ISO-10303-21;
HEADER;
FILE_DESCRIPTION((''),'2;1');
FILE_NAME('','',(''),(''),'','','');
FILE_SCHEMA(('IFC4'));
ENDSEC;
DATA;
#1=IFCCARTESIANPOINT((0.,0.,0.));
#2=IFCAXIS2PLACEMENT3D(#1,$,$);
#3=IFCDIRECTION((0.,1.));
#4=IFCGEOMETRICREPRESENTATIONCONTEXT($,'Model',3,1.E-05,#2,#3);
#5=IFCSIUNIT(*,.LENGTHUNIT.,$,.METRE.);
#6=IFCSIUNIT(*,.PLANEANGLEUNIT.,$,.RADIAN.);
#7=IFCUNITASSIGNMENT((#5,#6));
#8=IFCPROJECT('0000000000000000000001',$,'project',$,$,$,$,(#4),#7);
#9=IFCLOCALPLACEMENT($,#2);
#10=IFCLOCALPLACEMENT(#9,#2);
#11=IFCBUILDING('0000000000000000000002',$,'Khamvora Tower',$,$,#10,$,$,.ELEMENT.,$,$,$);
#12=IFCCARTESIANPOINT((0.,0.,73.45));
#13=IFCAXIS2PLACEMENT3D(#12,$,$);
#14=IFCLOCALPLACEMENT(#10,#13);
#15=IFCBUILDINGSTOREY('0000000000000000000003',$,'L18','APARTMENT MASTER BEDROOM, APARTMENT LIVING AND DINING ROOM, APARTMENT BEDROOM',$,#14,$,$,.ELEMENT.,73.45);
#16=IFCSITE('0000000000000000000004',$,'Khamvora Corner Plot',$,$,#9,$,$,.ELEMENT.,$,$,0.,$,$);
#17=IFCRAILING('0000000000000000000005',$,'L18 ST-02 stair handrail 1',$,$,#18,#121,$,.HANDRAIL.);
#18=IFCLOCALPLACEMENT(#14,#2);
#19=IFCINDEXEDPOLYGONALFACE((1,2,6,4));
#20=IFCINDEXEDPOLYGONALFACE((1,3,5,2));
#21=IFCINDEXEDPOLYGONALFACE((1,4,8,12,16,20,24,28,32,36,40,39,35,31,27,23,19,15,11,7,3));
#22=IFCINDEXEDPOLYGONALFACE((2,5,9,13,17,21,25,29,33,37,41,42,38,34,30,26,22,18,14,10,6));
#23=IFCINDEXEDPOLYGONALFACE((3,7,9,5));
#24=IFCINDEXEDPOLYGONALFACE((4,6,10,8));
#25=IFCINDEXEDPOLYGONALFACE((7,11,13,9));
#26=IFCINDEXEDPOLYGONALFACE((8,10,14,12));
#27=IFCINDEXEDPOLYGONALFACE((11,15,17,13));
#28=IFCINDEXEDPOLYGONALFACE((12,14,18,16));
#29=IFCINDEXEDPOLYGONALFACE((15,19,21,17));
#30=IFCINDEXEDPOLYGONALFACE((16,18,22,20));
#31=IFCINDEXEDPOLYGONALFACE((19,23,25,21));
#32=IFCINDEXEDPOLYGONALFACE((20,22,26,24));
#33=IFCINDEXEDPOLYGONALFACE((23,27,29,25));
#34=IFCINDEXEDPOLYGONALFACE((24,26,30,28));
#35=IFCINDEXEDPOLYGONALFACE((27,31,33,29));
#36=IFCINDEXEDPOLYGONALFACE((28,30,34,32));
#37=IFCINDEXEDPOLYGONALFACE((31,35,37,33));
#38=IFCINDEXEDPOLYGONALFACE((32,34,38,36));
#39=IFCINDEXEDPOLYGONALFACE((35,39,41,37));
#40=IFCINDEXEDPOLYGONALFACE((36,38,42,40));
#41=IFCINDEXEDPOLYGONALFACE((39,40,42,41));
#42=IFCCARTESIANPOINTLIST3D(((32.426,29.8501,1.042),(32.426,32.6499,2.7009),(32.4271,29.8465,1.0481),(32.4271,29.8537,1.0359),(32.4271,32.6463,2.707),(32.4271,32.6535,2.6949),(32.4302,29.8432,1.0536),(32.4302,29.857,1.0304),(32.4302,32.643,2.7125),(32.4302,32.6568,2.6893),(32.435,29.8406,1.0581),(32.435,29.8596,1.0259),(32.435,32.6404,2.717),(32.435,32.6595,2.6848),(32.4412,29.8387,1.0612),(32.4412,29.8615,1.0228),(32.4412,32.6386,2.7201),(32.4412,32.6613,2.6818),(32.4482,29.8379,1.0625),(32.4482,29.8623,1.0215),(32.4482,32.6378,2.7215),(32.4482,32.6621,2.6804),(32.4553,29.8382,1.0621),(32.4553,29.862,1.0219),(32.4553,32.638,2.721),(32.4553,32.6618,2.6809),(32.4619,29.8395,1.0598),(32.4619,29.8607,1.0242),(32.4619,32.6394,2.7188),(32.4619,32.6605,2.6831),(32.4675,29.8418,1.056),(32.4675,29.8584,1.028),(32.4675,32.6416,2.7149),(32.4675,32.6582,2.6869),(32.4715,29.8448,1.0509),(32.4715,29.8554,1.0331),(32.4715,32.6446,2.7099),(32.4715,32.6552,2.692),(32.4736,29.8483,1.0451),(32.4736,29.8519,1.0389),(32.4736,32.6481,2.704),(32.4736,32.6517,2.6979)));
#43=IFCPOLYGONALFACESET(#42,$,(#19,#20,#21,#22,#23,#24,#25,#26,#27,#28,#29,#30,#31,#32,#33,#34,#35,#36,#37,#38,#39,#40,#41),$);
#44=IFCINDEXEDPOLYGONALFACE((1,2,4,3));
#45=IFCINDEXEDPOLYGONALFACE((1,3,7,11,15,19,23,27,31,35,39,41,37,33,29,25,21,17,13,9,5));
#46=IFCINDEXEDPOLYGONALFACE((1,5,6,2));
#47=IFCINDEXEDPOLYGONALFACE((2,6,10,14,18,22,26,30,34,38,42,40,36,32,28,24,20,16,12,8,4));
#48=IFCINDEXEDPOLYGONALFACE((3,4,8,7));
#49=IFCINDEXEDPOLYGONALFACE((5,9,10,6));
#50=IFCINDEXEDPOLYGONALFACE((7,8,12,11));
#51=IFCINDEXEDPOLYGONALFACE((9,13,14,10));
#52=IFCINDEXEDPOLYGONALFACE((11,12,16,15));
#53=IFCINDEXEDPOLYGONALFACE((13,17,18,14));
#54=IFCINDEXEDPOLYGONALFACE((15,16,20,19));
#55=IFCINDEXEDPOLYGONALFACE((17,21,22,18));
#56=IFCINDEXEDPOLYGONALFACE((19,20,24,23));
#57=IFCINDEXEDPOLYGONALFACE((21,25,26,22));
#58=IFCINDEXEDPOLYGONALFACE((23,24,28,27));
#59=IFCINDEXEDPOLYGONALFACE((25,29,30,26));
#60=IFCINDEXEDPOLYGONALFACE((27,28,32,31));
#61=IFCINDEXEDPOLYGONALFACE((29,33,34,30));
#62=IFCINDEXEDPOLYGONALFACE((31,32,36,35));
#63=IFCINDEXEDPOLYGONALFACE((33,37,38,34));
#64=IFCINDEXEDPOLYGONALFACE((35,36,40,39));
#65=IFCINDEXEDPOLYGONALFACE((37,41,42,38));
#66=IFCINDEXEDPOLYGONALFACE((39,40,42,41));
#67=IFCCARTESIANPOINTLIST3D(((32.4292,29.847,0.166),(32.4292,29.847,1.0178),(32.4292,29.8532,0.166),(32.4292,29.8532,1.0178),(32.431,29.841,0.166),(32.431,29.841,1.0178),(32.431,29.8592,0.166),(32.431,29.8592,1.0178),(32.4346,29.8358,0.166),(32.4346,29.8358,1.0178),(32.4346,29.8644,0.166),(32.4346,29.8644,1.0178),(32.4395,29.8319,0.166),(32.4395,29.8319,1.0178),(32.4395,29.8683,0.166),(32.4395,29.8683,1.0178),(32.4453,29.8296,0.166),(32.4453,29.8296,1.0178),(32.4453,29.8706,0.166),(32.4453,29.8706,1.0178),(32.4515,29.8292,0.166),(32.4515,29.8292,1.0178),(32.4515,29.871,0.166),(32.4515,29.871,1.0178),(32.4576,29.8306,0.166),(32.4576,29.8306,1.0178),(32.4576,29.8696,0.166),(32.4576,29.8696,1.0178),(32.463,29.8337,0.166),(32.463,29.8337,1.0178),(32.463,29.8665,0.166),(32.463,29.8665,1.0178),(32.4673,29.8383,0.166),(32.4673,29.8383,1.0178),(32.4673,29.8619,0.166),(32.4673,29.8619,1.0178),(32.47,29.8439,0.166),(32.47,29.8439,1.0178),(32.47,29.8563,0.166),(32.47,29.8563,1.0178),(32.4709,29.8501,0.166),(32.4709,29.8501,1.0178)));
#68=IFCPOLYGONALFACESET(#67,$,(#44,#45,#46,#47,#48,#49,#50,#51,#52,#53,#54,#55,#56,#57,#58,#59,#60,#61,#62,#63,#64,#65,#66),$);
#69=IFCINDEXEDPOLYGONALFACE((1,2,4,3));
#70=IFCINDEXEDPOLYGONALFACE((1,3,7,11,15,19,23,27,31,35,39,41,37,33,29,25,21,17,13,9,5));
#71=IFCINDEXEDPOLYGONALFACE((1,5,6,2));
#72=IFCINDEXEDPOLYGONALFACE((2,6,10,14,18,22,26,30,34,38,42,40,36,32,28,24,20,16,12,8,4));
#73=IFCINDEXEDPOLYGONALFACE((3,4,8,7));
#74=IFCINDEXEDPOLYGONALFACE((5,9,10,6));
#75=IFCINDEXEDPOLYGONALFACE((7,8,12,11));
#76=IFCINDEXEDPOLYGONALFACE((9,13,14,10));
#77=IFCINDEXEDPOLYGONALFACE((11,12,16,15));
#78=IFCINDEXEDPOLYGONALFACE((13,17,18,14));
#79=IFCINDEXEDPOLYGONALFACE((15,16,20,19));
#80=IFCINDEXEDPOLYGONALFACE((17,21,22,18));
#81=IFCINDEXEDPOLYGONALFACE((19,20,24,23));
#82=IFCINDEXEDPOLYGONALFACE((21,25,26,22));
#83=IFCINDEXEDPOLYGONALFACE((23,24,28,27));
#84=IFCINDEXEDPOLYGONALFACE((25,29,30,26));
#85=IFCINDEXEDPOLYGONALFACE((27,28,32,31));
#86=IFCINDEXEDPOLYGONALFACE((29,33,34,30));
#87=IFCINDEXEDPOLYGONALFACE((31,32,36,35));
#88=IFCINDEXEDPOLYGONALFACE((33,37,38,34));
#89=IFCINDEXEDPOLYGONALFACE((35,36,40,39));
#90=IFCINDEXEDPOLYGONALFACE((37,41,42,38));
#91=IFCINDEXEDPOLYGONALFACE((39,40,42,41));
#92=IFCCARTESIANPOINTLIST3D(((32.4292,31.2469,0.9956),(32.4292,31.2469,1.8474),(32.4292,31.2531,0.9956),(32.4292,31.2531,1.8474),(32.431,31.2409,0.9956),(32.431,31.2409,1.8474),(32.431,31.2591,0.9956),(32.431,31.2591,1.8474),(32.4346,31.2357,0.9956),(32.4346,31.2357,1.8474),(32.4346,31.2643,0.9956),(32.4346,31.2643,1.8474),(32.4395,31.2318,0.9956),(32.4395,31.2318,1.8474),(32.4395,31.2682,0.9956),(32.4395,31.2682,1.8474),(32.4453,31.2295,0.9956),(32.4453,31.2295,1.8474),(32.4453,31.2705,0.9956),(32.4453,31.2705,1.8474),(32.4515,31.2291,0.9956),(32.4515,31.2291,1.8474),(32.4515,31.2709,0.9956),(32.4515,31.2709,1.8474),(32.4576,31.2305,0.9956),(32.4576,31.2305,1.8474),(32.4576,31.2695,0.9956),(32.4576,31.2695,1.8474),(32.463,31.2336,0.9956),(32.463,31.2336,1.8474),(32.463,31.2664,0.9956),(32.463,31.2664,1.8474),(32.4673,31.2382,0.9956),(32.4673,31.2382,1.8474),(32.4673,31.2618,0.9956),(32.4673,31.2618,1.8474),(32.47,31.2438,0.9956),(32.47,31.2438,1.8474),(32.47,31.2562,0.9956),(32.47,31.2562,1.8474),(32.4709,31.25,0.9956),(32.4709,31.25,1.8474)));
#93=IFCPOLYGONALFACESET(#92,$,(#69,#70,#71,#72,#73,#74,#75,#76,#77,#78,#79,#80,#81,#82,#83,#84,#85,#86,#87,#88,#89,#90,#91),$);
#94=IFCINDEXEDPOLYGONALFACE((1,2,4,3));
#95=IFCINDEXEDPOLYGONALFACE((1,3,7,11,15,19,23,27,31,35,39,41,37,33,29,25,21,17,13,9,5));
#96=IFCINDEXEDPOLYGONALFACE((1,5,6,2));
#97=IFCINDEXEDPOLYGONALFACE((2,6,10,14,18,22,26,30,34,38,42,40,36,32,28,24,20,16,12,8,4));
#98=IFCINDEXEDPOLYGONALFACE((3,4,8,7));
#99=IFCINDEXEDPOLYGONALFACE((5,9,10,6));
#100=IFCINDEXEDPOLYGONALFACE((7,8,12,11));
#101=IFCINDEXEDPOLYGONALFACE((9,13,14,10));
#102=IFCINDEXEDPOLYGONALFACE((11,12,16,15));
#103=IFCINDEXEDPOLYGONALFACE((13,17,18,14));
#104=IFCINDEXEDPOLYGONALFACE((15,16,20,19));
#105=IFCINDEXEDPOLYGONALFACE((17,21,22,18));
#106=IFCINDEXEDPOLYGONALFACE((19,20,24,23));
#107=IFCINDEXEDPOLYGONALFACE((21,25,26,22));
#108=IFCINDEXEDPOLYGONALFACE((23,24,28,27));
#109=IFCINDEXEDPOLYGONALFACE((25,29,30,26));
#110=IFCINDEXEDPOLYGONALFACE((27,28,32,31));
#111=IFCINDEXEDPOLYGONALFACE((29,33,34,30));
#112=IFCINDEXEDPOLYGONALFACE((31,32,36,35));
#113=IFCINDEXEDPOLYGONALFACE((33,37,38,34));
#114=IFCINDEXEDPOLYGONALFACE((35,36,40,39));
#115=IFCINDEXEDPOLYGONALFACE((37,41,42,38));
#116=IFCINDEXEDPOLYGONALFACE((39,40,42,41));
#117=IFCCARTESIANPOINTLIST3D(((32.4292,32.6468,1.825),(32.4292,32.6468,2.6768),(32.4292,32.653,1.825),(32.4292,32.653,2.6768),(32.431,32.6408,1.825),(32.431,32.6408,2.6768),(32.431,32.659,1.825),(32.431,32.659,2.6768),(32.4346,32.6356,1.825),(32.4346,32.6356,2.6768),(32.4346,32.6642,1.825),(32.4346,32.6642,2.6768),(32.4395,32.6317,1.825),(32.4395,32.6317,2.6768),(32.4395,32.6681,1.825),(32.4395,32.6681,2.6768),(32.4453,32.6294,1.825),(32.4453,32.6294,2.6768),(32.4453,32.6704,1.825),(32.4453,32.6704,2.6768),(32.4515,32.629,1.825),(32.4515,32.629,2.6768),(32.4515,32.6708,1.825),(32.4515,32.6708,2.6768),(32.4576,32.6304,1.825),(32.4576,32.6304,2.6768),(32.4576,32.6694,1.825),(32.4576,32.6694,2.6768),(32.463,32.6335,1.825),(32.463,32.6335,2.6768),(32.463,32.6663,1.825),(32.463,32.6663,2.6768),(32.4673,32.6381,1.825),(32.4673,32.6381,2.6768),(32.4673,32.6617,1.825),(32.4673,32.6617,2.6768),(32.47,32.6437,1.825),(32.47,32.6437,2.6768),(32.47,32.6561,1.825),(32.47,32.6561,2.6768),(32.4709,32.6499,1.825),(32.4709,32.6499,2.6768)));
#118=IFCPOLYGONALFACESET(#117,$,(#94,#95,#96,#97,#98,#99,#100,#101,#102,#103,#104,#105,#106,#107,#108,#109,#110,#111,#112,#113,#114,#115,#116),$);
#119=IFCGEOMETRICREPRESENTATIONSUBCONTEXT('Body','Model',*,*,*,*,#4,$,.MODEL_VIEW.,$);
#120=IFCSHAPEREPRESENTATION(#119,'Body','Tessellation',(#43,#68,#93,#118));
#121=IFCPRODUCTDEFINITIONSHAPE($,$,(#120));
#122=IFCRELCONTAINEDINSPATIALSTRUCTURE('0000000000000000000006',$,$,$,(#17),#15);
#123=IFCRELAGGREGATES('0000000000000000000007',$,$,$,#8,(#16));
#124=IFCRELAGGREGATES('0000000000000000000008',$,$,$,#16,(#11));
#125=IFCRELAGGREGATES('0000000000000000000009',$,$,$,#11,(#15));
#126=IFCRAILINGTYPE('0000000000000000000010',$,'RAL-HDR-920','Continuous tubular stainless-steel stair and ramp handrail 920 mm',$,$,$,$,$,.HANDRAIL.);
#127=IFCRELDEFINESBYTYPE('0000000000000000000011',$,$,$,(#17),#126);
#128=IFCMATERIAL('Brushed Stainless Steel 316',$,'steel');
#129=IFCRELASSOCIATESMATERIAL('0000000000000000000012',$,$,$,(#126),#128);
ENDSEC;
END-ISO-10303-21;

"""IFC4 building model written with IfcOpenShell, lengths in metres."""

from ifc_helpers import new_model, si_unit, direction, frame, origin, origin_2d, place, context, subcontext, project, spatial, circle, extrude, material, type_object, element, save


model = new_model("IFC4")

# Units and contexts
model_context = context("Model", 3, precision=1e-05, world=origin(), true_north=direction((0.0, 1.0)))
body_context = subcontext(model_context, "Body", "Model", "MODEL_VIEW")
ifc_project = project(units=[si_unit("LENGTHUNIT", "METRE"), si_unit("PLANEANGLEUNIT", "RADIAN")], contexts=[model_context])

# Site, building, storey
site_placement = place(None, origin())
site = spatial("IfcSite", under=ifc_project, at=site_placement, Name="Khamvora Corner Plot", CompositionType="ELEMENT", RefElevation=0.0)
building_placement = place(site_placement, origin())
building = spatial("IfcBuilding", under=site, at=building_placement, Name="Khamvora Tower", CompositionType="ELEMENT")
storey_placement = place(building_placement, frame((0.0, 0.0, 73.45)))
storey = spatial("IfcBuildingStorey", under=building, at=storey_placement, Name="L18", Description="APARTMENT MASTER BEDROOM, APARTMENT LIVING AND DINING ROOM, APARTMENT BEDROOM", CompositionType="ELEMENT", Elevation=73.45)

# Railing
ifc_material_1 = material(Name="Brushed Stainless Steel 316", Category="steel")
railing_type_1 = type_object("IfcRailingType", Name="RAL-HDR-920", Description="Continuous tubular stainless-steel stair and ramp handrail 920 mm", PredefinedType="HANDRAIL", material=ifc_material_1)
railing_1_placement = place(storey_placement, frame((32.45, 29.8501, 0.166)))
element("IfcRailing", 1, at=railing_1_placement, inside=storey, type_object=railing_type_1, Name="L18 ST-02 stair handrail 1", PredefinedType="HANDRAIL", context=body_context, shape_type="SweptSolid", body=[
    extrude(circle(Radius=0.0239, at=origin_2d()), frame((0.0, 0.0, 0.876), z_axis=(0.0, 0.86032, 0.509755), x_axis=(-1.0, 0.0, 0.0)), (0.0, 0.0, 1.0), 3.2544),
    extrude(circle(Radius=0.021, at=origin_2d()), origin(), (0.0, 0.0, 1.0), 0.8518),
    extrude(circle(Radius=0.021, at=origin_2d()), frame((0.0, 1.3999, 0.8296)), (0.0, 0.0, 1.0), 0.8518),
    extrude(circle(Radius=0.021, at=origin_2d()), frame((0.0, 2.7998, 1.6589)), (0.0, 0.0, 1.0), 0.8518),
])

save(model, "model.ifc")
